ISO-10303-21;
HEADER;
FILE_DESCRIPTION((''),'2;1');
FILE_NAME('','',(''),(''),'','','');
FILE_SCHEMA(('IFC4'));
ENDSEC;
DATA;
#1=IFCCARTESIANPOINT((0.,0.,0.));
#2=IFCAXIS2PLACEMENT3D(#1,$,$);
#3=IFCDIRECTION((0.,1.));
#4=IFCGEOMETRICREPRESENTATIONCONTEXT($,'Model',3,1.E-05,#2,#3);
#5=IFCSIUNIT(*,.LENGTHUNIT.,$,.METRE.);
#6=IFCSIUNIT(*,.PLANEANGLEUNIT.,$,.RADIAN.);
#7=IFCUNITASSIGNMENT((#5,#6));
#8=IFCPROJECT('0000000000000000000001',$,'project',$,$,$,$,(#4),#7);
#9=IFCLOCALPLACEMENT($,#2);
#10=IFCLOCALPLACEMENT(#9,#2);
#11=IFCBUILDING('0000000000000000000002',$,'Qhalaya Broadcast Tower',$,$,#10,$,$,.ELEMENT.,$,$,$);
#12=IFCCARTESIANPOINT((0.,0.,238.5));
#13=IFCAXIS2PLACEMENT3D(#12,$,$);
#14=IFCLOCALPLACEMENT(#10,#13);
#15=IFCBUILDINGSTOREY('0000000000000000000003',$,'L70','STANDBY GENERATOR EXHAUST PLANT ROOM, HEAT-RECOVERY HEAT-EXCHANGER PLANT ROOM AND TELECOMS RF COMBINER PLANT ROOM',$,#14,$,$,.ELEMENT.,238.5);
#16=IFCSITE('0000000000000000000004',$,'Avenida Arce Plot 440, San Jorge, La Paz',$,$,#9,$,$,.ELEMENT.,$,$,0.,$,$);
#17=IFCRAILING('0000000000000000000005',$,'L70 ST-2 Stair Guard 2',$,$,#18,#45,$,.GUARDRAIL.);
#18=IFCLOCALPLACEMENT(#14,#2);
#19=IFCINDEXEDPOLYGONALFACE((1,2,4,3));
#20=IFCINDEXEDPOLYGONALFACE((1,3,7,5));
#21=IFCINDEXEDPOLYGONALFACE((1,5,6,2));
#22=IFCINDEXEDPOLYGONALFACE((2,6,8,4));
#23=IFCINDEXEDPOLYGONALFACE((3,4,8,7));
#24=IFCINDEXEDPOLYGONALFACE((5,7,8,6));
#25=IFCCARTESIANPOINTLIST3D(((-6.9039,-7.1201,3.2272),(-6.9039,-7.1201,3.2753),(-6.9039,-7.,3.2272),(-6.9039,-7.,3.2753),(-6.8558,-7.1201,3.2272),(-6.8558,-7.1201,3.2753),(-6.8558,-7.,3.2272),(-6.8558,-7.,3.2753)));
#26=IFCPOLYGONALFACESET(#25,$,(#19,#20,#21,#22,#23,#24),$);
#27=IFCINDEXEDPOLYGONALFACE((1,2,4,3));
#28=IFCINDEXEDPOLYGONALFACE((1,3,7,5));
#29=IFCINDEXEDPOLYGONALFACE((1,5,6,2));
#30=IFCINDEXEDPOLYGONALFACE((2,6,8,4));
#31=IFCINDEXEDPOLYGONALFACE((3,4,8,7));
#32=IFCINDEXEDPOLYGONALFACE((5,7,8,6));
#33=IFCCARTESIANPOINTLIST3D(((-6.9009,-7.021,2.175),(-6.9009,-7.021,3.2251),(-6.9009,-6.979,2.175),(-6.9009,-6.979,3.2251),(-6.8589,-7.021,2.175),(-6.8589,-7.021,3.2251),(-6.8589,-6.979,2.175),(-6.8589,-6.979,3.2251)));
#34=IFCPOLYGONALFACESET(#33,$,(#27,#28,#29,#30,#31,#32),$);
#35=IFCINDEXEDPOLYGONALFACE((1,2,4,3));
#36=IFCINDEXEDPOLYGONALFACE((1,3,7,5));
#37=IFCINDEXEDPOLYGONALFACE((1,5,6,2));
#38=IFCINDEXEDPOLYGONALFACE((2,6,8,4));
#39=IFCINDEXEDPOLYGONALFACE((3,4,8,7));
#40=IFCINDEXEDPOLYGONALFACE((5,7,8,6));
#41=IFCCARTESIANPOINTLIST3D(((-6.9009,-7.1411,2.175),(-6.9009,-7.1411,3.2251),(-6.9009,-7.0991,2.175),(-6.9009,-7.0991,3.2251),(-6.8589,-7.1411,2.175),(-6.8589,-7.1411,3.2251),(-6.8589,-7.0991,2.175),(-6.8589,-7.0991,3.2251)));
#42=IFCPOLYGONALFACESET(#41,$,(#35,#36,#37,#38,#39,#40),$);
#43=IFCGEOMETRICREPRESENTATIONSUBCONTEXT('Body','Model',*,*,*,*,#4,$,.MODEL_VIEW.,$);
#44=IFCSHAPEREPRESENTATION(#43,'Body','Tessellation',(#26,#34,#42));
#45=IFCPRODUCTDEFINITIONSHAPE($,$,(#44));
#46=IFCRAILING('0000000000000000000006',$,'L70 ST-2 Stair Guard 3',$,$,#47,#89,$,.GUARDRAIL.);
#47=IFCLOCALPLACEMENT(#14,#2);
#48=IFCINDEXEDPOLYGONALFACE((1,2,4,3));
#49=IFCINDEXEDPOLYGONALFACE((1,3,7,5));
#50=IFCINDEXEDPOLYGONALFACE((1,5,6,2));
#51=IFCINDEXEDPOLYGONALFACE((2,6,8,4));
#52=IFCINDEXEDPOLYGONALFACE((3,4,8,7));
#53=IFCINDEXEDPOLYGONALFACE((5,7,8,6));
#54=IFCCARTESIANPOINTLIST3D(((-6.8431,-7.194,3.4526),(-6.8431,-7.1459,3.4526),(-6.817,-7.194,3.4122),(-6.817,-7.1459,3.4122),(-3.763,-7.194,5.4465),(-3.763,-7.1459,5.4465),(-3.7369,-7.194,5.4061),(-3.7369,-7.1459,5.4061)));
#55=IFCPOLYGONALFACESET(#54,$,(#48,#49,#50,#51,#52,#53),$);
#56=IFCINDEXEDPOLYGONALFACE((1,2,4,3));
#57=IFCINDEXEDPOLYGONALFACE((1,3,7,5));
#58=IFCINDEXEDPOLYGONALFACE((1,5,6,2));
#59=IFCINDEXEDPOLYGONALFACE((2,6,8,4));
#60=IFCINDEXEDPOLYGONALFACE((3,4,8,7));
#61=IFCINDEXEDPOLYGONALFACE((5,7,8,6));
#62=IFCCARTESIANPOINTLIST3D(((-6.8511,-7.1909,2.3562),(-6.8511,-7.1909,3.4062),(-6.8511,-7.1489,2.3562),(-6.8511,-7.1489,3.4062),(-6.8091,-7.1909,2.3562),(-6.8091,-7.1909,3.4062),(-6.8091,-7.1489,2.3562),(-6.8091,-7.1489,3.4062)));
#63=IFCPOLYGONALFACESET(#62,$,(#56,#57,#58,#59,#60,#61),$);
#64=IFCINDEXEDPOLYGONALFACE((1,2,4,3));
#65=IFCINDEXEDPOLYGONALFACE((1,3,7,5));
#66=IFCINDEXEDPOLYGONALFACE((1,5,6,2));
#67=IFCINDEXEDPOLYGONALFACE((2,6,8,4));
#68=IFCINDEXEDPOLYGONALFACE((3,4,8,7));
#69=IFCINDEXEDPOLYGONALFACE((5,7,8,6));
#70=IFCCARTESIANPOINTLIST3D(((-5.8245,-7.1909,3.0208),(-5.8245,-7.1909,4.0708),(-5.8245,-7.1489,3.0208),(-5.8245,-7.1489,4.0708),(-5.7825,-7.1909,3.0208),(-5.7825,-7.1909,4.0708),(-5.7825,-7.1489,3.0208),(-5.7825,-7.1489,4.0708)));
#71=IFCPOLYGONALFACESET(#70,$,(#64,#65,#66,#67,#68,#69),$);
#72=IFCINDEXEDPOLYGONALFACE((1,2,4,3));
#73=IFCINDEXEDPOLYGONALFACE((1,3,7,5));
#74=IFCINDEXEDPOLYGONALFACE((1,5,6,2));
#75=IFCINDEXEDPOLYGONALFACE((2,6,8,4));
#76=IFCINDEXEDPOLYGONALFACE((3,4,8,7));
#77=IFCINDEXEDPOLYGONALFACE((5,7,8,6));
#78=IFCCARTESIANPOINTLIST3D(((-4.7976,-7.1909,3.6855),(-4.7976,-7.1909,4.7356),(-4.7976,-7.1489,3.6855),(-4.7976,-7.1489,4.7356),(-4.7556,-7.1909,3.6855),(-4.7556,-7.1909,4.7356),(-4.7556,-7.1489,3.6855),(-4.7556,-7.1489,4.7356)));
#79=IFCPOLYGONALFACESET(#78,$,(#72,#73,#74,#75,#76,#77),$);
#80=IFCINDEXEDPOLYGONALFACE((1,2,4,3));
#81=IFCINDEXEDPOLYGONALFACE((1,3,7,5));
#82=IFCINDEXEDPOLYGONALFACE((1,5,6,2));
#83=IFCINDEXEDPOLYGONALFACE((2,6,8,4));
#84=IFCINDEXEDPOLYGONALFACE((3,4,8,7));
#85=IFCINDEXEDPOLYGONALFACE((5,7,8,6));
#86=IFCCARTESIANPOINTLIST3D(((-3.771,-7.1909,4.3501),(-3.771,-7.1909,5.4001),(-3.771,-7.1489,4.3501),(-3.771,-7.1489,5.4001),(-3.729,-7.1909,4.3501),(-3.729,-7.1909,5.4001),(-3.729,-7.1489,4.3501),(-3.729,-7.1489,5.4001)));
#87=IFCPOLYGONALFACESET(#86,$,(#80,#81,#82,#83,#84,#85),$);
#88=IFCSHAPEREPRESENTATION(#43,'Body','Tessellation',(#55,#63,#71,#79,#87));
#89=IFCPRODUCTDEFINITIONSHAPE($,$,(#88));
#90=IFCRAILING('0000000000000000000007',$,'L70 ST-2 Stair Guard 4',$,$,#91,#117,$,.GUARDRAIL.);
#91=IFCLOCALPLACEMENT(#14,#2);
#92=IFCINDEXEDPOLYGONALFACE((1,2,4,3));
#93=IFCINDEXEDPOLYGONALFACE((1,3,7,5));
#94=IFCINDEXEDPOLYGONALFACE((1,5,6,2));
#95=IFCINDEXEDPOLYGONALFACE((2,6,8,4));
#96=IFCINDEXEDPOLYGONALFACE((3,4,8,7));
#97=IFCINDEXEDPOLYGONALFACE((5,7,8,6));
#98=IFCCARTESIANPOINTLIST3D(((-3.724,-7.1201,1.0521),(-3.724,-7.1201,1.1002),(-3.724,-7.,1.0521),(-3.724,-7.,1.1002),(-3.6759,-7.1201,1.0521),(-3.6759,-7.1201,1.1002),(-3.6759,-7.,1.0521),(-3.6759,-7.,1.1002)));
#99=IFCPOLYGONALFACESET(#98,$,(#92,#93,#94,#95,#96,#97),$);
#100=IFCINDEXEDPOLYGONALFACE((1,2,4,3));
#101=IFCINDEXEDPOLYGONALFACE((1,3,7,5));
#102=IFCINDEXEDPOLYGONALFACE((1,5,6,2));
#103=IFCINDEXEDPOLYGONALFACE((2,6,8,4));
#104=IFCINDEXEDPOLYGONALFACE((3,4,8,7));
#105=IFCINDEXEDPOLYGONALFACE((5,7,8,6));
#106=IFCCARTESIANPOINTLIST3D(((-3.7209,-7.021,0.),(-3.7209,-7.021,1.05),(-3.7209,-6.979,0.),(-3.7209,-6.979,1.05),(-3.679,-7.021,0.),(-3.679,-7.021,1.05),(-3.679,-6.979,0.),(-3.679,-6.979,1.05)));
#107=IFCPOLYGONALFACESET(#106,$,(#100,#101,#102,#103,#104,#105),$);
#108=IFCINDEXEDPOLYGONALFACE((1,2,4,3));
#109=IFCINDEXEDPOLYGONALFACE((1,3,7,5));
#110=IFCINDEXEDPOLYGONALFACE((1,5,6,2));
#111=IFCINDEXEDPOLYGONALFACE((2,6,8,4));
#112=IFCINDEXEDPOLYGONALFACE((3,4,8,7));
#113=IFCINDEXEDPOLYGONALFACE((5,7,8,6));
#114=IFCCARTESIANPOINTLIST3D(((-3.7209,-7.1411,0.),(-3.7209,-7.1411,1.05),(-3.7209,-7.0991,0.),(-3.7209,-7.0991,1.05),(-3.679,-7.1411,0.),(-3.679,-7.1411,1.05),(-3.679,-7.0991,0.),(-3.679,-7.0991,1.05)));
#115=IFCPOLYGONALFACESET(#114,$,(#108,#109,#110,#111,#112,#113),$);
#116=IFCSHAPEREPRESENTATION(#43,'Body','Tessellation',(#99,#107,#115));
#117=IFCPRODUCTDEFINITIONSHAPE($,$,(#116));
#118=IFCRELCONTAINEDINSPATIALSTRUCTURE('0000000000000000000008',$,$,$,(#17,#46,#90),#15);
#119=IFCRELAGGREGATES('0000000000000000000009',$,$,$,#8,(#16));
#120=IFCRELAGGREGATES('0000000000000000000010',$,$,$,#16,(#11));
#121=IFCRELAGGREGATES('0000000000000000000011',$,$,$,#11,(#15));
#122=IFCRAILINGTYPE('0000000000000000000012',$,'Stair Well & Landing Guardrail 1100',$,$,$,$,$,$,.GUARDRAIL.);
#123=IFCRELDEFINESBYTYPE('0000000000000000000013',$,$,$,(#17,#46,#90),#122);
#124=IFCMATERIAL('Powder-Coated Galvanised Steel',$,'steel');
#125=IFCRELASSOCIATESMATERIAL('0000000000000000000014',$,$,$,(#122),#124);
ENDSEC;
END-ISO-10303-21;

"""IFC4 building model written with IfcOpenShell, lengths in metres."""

from ifc_helpers import new_model, si_unit, direction, frame, origin, origin_2d, place, context, subcontext, project, spatial, rectangle, extrude, material, type_object, element, save


model = new_model("IFC4")

# Units and contexts
model_context = context("Model", 3, precision=1e-05, world=origin(), true_north=direction((0.0, 1.0)))
body_context = subcontext(model_context, "Body", "Model", "MODEL_VIEW")
ifc_project = project(units=[si_unit("LENGTHUNIT", "METRE"), si_unit("PLANEANGLEUNIT", "RADIAN")], contexts=[model_context])

# Site, building, storey
site_placement = place(None, origin())
site = spatial("IfcSite", under=ifc_project, at=site_placement, Name="Avenida Arce Plot 440, San Jorge, La Paz", CompositionType="ELEMENT", RefElevation=0.0)
building_placement = place(site_placement, origin())
building = spatial("IfcBuilding", under=site, at=building_placement, Name="Qhalaya Broadcast Tower", CompositionType="ELEMENT")
storey_placement = place(building_placement, frame((0.0, 0.0, 238.5)))
storey = spatial("IfcBuildingStorey", under=building, at=storey_placement, Name="L70", Description="STANDBY GENERATOR EXHAUST PLANT ROOM, HEAT-RECOVERY HEAT-EXCHANGER PLANT ROOM AND TELECOMS RF COMBINER PLANT ROOM", CompositionType="ELEMENT", Elevation=238.5)

# Railings
ifc_material_1 = material(Name="Powder-Coated Galvanised Steel", Category="steel")
railing_type_1 = type_object("IfcRailingType", Name="Stair Well & Landing Guardrail 1100", PredefinedType="GUARDRAIL", material=ifc_material_1)
railing_1_placement = place(storey_placement, frame((-6.8799, -7.0, 2.175)))
element("IfcRailing", 1, at=railing_1_placement, inside=storey, type_object=railing_type_1, Name="L70 ST-2 Stair Guard 2", PredefinedType="GUARDRAIL", context=body_context, shape_type="SweptSolid", body=[
    extrude(rectangle(XDim=0.0481, YDim=0.0481, at=origin_2d()), frame((0.0, 0.0, 1.0762), z_axis=(0.0, -1.0, 0.0), x_axis=(1.0, 0.0, 0.0)), (0.0, 0.0, 1.0), 0.1201),
    extrude(rectangle(XDim=0.042, YDim=0.042, at=origin_2d()), origin(), (0.0, 0.0, 1.0), 1.05),
    extrude(rectangle(XDim=0.042, YDim=0.042, at=origin_2d()), frame((0.0, -0.1201, 0.0)), (0.0, 0.0, 1.0), 1.05),
])
railing_2_placement = place(storey_placement, frame((-6.8301, -7.1699, 2.3562)))
element("IfcRailing", 2, at=railing_2_placement, inside=storey, type_object=railing_type_1, Name="L70 ST-2 Stair Guard 3", PredefinedType="GUARDRAIL", context=body_context, shape_type="SweptSolid", body=[
    extrude(rectangle(XDim=0.0481, YDim=0.0481, at=origin_2d()), frame((0.0, 0.0, 1.0762), z_axis=(0.839458, 0.0, 0.543425), x_axis=(0.0, 1.0, 0.0)), (0.0, 0.0, 1.0), 3.6692),
    extrude(rectangle(XDim=0.042, YDim=0.042, at=origin_2d()), origin(), (0.0, 0.0, 1.0), 1.05),
    extrude(rectangle(XDim=0.042, YDim=0.042, at=origin_2d()), frame((1.0266, 0.0, 0.6646)), (0.0, 0.0, 1.0), 1.05),
    extrude(rectangle(XDim=0.042, YDim=0.042, at=origin_2d()), frame((2.0535, 0.0, 1.3293)), (0.0, 0.0, 1.0), 1.05),
    extrude(rectangle(XDim=0.042, YDim=0.042, at=origin_2d()), frame((3.0801, 0.0, 1.9939)), (0.0, 0.0, 1.0), 1.05),
])
railing_3_placement = place(storey_placement, frame((-3.7, -7.0, 0.0)))
element("IfcRailing", 3, at=railing_3_placement, inside=storey, type_object=railing_type_1, Name="L70 ST-2 Stair Guard 4", PredefinedType="GUARDRAIL", context=body_context, shape_type="SweptSolid", body=[
    extrude(rectangle(XDim=0.0481, YDim=0.0481, at=origin_2d()), frame((0.0, 0.0, 1.0762), z_axis=(0.0, -1.0, 0.0), x_axis=(1.0, 0.0, 0.0)), (0.0, 0.0, 1.0), 0.1201),
    extrude(rectangle(XDim=0.042, YDim=0.042, at=origin_2d()), origin(), (0.0, 0.0, 1.0), 1.05),
    extrude(rectangle(XDim=0.042, YDim=0.042, at=origin_2d()), frame((0.0, -0.1201, 0.0)), (0.0, 0.0, 1.0), 1.05),
])

save(model, "model.ifc")
